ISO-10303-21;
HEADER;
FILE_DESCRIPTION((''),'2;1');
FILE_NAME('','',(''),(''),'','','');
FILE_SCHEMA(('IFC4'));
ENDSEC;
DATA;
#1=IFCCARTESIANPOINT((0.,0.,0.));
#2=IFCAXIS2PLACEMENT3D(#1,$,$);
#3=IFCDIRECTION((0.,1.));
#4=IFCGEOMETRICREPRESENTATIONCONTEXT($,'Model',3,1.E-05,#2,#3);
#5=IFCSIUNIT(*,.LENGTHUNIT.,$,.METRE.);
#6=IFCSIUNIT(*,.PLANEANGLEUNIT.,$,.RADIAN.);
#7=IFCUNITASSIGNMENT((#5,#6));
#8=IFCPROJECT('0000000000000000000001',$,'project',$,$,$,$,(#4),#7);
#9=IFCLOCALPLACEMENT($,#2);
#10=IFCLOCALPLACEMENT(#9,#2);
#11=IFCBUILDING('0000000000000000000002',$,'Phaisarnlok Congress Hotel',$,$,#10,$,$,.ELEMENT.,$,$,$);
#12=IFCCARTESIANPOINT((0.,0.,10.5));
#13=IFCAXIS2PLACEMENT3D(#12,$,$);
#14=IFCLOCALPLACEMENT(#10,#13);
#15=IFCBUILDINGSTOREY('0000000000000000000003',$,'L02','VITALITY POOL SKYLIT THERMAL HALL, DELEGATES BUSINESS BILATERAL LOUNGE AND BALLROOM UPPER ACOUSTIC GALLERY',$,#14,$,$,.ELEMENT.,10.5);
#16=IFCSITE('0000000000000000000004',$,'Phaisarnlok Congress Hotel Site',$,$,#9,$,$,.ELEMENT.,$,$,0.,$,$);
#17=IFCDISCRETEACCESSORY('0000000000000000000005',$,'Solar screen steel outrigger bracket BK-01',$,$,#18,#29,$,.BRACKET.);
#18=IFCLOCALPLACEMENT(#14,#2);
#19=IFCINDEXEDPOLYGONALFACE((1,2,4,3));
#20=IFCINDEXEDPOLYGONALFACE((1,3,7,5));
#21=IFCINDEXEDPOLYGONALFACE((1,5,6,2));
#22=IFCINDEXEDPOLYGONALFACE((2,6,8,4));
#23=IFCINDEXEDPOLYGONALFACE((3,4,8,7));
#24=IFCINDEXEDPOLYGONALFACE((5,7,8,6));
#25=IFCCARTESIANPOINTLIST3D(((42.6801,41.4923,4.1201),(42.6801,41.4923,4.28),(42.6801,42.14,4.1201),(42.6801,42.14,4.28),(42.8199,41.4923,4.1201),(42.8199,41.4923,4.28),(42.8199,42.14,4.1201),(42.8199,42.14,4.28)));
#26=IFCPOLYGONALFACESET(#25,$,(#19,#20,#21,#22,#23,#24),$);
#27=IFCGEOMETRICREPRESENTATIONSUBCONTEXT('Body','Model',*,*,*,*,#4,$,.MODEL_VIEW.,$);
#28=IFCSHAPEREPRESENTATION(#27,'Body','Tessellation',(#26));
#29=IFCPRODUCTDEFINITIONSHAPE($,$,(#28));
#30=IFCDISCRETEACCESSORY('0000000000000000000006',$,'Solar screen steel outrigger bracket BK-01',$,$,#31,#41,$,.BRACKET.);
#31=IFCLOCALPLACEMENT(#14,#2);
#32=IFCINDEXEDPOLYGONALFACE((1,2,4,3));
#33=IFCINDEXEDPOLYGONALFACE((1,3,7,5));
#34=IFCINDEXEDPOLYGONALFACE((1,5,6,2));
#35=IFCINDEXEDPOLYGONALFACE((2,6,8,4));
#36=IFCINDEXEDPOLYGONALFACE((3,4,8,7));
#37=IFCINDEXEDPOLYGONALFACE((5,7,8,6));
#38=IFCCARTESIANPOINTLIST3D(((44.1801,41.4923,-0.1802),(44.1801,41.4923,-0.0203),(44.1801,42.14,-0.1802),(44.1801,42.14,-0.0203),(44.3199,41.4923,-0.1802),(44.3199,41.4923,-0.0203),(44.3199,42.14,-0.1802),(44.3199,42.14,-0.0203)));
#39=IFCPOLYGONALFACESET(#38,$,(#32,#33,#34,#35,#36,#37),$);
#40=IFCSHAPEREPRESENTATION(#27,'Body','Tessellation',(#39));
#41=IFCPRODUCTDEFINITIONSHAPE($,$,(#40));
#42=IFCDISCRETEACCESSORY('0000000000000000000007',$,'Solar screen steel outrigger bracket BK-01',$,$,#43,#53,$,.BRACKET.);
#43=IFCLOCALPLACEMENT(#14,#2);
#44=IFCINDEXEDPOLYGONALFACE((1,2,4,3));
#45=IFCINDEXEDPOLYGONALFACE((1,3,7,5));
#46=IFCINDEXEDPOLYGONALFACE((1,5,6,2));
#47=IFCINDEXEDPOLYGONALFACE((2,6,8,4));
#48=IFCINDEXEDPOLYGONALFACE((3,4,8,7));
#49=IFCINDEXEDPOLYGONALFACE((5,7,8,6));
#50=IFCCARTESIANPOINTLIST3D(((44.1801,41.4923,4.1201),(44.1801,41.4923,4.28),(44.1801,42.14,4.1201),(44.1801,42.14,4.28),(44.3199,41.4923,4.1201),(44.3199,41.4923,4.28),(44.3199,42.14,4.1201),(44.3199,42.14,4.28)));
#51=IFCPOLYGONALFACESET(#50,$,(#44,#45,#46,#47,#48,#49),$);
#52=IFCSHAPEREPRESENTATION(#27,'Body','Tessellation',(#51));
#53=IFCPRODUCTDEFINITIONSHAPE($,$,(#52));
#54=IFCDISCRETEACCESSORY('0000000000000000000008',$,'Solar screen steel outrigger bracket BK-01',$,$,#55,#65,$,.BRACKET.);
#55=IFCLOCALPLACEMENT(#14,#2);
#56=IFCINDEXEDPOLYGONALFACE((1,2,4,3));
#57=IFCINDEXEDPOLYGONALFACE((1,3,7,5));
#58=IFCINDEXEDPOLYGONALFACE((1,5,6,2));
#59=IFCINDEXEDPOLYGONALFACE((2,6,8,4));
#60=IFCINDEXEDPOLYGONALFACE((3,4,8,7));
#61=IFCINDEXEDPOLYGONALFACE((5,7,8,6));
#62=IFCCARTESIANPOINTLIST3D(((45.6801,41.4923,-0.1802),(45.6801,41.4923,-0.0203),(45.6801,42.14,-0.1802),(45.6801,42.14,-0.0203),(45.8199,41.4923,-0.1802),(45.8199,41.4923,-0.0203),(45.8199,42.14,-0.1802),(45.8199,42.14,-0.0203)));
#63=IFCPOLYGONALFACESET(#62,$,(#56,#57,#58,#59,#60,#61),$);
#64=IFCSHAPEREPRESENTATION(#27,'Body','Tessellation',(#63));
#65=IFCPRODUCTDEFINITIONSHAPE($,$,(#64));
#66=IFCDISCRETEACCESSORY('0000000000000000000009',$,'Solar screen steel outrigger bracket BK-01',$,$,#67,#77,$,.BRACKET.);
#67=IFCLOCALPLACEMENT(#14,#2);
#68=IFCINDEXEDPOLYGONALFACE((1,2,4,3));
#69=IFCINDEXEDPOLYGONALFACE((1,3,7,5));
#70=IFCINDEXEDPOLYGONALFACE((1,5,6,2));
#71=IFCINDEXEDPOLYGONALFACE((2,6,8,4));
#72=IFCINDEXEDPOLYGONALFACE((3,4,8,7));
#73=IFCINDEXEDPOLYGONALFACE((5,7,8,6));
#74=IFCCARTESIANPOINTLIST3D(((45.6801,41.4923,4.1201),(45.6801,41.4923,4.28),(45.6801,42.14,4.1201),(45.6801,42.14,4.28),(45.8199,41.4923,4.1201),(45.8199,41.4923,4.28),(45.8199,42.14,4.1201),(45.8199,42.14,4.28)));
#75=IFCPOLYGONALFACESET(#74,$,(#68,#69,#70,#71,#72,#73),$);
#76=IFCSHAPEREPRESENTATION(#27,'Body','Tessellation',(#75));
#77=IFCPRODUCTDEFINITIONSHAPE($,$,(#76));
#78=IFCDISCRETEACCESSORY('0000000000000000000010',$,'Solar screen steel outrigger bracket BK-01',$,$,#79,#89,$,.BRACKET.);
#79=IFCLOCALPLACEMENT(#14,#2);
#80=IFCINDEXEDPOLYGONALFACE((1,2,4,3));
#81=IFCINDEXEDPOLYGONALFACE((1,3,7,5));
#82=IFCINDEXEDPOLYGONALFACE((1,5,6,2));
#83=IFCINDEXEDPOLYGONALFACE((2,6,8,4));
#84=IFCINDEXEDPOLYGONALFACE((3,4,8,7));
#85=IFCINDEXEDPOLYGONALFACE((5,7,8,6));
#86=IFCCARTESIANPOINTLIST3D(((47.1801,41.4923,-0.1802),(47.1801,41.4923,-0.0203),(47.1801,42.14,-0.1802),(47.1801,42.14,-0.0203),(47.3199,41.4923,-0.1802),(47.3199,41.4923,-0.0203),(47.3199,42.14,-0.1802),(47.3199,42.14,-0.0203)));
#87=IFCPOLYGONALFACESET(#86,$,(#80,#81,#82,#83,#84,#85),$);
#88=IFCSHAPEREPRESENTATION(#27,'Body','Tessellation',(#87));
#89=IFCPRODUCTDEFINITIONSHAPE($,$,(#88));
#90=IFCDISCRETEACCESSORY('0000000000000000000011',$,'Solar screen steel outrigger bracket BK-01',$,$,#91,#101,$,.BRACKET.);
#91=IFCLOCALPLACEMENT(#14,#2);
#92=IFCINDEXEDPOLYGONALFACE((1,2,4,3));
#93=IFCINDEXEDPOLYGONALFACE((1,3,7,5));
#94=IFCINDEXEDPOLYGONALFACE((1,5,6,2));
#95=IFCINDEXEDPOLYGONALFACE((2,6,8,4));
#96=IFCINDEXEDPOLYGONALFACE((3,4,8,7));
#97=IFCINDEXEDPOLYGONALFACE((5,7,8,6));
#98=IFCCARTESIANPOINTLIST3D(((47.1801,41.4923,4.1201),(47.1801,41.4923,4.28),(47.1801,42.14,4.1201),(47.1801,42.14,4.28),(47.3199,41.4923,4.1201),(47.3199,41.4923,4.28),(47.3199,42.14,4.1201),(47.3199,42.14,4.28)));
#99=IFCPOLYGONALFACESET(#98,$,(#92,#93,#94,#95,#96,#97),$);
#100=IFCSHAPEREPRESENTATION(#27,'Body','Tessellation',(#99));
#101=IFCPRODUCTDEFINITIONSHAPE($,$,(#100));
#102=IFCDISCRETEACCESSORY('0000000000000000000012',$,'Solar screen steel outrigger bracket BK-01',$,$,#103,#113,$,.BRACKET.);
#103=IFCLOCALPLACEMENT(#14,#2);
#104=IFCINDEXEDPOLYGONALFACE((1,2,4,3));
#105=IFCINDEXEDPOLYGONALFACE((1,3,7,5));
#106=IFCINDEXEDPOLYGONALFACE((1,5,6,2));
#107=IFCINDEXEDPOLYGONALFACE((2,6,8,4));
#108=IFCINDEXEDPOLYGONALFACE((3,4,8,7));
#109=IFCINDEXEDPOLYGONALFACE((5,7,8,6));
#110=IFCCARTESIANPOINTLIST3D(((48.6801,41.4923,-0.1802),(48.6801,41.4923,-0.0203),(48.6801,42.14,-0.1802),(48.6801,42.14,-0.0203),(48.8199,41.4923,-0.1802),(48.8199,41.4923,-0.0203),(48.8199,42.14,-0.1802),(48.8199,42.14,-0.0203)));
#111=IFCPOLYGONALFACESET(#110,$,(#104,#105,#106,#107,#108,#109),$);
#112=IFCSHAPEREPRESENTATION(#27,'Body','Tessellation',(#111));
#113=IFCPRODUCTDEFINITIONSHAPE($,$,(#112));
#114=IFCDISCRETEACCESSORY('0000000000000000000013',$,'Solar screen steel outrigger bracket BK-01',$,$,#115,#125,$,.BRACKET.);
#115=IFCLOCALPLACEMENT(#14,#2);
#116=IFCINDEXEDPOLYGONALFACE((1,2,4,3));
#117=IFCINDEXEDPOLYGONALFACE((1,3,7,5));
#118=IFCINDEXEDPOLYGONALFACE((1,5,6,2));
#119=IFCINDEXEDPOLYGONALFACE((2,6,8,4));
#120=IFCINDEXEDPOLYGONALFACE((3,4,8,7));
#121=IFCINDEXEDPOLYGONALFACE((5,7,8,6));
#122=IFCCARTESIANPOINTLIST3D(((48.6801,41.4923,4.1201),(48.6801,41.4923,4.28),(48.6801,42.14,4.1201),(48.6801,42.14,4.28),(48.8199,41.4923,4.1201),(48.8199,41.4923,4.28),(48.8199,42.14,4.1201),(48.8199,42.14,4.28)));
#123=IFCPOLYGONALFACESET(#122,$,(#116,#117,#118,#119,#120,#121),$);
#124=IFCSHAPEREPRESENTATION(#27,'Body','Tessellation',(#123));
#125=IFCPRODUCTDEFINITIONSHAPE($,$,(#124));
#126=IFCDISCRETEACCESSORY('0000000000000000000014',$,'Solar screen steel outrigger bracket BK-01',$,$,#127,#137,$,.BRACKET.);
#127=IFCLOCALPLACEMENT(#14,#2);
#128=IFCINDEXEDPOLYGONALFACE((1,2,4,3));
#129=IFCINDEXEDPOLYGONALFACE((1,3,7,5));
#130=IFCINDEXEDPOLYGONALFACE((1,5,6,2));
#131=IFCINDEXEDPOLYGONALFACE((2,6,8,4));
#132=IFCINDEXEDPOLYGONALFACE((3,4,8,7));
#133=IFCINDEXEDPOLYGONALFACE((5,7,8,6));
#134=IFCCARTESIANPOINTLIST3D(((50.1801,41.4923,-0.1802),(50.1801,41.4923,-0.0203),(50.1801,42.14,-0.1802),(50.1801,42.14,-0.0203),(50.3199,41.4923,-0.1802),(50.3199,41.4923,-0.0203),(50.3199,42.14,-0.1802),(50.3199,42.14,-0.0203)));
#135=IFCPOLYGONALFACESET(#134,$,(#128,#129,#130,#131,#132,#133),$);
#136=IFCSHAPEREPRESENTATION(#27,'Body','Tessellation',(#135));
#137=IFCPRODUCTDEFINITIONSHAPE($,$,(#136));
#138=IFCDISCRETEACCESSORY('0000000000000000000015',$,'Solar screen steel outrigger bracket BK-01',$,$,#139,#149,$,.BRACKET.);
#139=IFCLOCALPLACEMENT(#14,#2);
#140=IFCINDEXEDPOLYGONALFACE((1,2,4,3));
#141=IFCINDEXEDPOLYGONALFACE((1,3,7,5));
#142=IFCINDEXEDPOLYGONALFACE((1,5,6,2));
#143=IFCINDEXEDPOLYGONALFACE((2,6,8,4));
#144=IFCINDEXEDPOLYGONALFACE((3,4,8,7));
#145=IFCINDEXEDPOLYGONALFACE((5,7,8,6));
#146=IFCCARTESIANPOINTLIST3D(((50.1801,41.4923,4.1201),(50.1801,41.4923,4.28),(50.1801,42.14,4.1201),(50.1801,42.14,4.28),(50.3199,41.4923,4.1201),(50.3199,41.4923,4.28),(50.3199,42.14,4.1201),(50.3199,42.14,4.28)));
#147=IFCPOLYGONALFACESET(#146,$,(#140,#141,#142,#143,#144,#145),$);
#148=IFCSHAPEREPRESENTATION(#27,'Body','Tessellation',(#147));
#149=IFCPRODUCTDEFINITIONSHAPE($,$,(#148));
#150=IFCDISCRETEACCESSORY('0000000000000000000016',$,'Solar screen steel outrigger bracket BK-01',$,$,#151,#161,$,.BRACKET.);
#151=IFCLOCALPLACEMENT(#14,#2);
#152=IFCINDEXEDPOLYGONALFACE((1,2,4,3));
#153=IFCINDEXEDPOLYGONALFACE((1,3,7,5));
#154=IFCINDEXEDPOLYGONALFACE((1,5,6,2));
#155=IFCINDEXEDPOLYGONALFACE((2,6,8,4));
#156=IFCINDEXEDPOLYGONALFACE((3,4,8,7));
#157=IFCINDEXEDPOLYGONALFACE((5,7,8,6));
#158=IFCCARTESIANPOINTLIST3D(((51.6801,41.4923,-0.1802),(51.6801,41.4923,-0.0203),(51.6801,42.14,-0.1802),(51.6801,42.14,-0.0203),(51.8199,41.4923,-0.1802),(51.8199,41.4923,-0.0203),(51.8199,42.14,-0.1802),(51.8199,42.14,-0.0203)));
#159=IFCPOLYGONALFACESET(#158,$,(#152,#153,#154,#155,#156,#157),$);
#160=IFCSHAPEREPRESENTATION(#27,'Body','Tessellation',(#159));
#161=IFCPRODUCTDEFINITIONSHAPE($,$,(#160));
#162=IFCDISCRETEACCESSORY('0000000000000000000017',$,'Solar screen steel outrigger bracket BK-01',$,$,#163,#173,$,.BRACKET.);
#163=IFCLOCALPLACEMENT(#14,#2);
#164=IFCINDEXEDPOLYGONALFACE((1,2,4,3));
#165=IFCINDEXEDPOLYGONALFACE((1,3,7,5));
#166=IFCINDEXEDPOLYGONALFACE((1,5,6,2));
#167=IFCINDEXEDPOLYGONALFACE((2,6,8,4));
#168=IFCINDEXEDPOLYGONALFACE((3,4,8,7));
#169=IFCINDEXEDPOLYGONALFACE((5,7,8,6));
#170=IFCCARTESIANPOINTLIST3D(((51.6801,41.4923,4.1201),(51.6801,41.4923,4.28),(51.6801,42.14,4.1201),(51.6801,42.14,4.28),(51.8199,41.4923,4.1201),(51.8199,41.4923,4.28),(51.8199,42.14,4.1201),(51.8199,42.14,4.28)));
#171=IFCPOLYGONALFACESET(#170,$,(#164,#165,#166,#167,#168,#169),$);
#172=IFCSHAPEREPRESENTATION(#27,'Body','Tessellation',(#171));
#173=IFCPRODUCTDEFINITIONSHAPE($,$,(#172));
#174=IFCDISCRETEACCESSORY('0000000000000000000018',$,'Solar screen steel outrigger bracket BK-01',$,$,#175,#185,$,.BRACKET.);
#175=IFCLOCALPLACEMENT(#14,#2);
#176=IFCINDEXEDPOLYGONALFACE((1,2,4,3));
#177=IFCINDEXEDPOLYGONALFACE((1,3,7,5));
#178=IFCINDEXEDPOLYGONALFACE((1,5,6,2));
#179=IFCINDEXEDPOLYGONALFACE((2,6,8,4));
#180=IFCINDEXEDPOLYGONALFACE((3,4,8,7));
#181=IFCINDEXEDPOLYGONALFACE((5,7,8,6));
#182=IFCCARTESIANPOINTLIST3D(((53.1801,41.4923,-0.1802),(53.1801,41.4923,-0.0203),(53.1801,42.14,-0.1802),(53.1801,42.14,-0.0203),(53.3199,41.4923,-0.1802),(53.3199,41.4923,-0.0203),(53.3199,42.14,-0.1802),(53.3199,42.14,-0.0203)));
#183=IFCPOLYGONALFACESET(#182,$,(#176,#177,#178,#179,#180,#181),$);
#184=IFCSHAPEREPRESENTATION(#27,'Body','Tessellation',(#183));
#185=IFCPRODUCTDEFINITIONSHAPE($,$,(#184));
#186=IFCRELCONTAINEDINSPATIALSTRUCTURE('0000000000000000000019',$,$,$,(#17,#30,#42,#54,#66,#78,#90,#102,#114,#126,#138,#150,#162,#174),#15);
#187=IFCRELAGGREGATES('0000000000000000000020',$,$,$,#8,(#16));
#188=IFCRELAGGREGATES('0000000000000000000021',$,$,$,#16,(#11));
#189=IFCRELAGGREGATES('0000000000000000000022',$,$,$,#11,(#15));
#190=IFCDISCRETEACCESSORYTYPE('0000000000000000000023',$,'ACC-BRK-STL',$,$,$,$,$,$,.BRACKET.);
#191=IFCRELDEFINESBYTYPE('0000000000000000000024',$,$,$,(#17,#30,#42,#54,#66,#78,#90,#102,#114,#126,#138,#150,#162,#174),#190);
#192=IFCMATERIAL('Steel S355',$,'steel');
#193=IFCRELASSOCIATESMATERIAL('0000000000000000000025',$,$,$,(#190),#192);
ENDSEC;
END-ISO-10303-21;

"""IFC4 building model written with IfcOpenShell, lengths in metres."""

from ifc_helpers import new_model, si_unit, direction, frame, origin, origin_2d, place, context, subcontext, project, spatial, rectangle, extrude, material, type_object, element, save


model = new_model("IFC4")

# Units and contexts
model_context = context("Model", 3, precision=1e-05, world=origin(), true_north=direction((0.0, 1.0)))
body_context = subcontext(model_context, "Body", "Model", "MODEL_VIEW")
ifc_project = project(units=[si_unit("LENGTHUNIT", "METRE"), si_unit("PLANEANGLEUNIT", "RADIAN")], contexts=[model_context])

# Site, building, storey
site_placement = place(None, origin())
site = spatial("IfcSite", under=ifc_project, at=site_placement, Name="Phaisarnlok Congress Hotel Site", CompositionType="ELEMENT", RefElevation=0.0)
building_placement = place(site_placement, origin())
building = spatial("IfcBuilding", under=site, at=building_placement, Name="Phaisarnlok Congress Hotel", CompositionType="ELEMENT")
storey_placement = place(building_placement, frame((0.0, 0.0, 10.5)))
storey = spatial("IfcBuildingStorey", under=building, at=storey_placement, Name="L02", Description="VITALITY POOL SKYLIT THERMAL HALL, DELEGATES BUSINESS BILATERAL LOUNGE AND BALLROOM UPPER ACOUSTIC GALLERY", CompositionType="ELEMENT", Elevation=10.5)

# Discrete accessories
ifc_material_1 = material(Name="Steel S355", Category="steel")
discrete_accessory_type = type_object("IfcDiscreteAccessoryType", Name="ACC-BRK-STL", PredefinedType="BRACKET", material=ifc_material_1)
for number, where, z_axis, x_axis, name in (
    (1, (42.75, 41.8162, 4.1201), (0.0, 0.0, 1.0), (1.0, 0.0, 0.0), "Solar screen steel outrigger bracket BK-01"),
    (2, (44.25, 41.8162, -0.1802), (0.0, 0.0, 1.0), (1.0, 0.0, 0.0), "Solar screen steel outrigger bracket BK-01"),
    (3, (44.25, 41.8162, 4.1201), (0.0, 0.0, 1.0), (1.0, 0.0, 0.0), "Solar screen steel outrigger bracket BK-01"),
    (4, (45.75, 41.8162, -0.1802), (0.0, 0.0, 1.0), (1.0, 0.0, 0.0), "Solar screen steel outrigger bracket BK-01"),
    (5, (45.75, 41.8162, 4.1201), (0.0, 0.0, 1.0), (1.0, 0.0, 0.0), "Solar screen steel outrigger bracket BK-01"),
    (6, (47.25, 41.8162, -0.1802), (0.0, 0.0, 1.0), (1.0, 0.0, 0.0), "Solar screen steel outrigger bracket BK-01"),
    (7, (47.25, 41.8162, 4.1201), (0.0, 0.0, 1.0), (1.0, 0.0, 0.0), "Solar screen steel outrigger bracket BK-01"),
    (8, (48.75, 41.8162, -0.1802), (0.0, 0.0, 1.0), (1.0, 0.0, 0.0), "Solar screen steel outrigger bracket BK-01"),
    (9, (48.75, 41.8162, 4.1201), (0.0, 0.0, 1.0), (1.0, 0.0, 0.0), "Solar screen steel outrigger bracket BK-01"),
    (10, (50.25, 41.8162, -0.1802), (0.0, 0.0, 1.0), (1.0, 0.0, 0.0), "Solar screen steel outrigger bracket BK-01"),
    (11, (50.25, 41.8162, 4.1201), (0.0, 0.0, 1.0), (1.0, 0.0, 0.0), "Solar screen steel outrigger bracket BK-01"),
    (12, (51.75, 41.8162, -0.1802), (0.0, 0.0, 1.0), (1.0, 0.0, 0.0), "Solar screen steel outrigger bracket BK-01"),
    (13, (51.75, 41.8162, 4.1201), (0.0, 0.0, 1.0), (1.0, 0.0, 0.0), "Solar screen steel outrigger bracket BK-01"),
    (14, (53.25, 41.8162, -0.1802), (0.0, 0.0, 1.0), (1.0, 0.0, 0.0), "Solar screen steel outrigger bracket BK-01"),
):
    element("IfcDiscreteAccessory", number, at=place(storey_placement, frame(where, z_axis=z_axis, x_axis=x_axis)), inside=storey, type_object=discrete_accessory_type, Name=name, PredefinedType="BRACKET", context=body_context, shape_type="SweptSolid", body=[
        extrude(rectangle(XDim=0.1399, YDim=0.6477, at=origin_2d()), origin(), (0.0, 0.0, 1.0), 0.1599),
    ])

save(model, "model.ifc")
